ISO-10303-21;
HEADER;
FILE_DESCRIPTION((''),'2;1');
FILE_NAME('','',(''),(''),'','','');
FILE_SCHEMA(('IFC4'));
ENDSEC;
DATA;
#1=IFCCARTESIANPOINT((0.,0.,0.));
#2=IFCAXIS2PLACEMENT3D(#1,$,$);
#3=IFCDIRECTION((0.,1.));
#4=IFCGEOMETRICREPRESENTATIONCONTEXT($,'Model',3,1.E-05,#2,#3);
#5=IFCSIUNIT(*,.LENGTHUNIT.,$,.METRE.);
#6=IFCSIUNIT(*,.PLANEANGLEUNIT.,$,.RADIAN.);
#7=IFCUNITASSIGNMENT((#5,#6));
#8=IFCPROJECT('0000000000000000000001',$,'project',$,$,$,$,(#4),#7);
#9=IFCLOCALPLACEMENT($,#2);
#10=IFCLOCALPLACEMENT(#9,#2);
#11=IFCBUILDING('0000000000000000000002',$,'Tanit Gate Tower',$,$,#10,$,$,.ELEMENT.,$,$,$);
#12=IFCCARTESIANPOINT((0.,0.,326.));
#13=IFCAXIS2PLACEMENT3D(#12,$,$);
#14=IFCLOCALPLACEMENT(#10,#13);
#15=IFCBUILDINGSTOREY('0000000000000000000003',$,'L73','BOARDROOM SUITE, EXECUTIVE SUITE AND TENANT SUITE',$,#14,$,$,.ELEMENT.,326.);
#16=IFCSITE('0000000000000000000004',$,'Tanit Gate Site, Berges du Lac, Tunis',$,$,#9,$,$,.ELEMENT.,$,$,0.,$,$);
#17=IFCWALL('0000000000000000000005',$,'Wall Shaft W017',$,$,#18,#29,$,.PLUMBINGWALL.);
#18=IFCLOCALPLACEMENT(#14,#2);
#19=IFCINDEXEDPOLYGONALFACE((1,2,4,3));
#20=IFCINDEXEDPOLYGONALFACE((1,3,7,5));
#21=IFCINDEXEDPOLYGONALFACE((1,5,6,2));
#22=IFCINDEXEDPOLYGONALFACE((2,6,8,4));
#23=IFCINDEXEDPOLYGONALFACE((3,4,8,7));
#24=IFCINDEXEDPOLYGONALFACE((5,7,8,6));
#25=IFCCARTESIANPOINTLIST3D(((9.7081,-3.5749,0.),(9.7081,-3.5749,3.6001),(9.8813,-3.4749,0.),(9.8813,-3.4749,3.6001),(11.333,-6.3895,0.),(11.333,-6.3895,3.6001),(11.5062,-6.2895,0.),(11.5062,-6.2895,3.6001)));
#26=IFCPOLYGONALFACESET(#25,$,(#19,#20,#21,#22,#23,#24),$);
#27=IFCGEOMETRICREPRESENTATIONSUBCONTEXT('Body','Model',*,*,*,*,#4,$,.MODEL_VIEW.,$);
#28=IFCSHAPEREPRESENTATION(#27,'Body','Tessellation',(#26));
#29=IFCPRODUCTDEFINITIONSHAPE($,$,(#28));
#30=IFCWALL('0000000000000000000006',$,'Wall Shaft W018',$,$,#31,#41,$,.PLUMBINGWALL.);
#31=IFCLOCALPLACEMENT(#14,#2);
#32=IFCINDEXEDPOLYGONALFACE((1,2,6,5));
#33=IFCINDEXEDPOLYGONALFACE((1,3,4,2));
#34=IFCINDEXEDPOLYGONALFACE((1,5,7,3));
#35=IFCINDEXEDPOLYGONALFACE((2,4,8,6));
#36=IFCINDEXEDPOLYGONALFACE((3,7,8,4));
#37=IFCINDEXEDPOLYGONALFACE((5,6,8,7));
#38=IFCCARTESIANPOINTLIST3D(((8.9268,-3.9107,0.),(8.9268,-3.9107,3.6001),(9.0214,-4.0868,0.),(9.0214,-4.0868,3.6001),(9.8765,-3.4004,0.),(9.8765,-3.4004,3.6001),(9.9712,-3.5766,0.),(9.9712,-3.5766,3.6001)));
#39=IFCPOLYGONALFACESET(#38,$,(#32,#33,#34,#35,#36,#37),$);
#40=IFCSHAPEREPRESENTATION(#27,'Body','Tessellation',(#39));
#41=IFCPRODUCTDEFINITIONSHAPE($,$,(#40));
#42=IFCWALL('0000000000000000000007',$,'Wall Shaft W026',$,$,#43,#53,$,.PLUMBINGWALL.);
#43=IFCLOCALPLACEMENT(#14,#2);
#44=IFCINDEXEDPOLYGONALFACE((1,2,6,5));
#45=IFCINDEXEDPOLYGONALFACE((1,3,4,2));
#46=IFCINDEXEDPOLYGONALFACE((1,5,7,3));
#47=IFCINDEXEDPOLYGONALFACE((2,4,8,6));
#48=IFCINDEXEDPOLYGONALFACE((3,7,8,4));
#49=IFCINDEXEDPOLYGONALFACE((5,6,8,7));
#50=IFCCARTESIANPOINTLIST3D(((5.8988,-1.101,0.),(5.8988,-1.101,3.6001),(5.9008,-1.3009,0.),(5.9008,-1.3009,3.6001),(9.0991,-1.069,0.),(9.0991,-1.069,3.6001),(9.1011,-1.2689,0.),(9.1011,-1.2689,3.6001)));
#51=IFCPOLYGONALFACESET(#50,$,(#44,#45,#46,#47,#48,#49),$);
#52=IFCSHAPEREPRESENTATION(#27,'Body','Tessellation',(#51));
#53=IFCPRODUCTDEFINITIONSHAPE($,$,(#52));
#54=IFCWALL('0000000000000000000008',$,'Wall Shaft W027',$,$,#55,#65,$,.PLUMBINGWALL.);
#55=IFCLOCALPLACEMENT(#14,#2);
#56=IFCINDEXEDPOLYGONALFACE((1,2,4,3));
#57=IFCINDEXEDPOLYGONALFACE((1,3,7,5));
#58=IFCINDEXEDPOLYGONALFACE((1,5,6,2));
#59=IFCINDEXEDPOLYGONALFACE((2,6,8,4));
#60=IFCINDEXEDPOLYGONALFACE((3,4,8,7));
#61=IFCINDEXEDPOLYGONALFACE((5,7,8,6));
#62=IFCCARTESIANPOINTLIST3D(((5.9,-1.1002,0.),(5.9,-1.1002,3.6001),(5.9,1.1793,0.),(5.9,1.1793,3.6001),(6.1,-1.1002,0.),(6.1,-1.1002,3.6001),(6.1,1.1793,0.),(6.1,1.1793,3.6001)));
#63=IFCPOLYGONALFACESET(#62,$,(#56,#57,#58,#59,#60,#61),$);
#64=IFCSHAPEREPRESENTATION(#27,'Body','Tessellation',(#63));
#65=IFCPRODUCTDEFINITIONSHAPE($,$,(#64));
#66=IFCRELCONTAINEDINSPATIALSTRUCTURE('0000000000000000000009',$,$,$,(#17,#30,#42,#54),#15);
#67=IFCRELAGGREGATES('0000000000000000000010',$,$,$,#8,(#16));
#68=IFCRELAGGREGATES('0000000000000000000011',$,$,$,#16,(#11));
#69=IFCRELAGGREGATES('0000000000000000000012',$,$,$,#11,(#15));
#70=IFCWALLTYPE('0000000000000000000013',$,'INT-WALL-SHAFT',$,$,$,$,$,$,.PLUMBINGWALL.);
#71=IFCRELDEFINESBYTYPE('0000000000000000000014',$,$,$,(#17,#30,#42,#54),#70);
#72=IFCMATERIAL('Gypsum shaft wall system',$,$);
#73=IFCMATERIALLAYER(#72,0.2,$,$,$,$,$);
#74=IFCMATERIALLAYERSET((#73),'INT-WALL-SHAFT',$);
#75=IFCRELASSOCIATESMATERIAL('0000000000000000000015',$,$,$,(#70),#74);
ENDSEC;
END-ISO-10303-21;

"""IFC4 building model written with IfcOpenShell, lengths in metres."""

from ifc_helpers import new_model, si_unit, direction, frame, frame_2d, origin, place, context, subcontext, project, spatial, rectangle, extrude, material, layer, layer_set, type_object, element, save


model = new_model("IFC4")

# Units and contexts
model_context = context("Model", 3, precision=1e-05, world=origin(), true_north=direction((0.0, 1.0)))
body_context = subcontext(model_context, "Body", "Model", "MODEL_VIEW")
ifc_project = project(units=[si_unit("LENGTHUNIT", "METRE"), si_unit("PLANEANGLEUNIT", "RADIAN")], contexts=[model_context])

# Site, building, storey
site_placement = place(None, origin())
site = spatial("IfcSite", under=ifc_project, at=site_placement, Name="Tanit Gate Site, Berges du Lac, Tunis", CompositionType="ELEMENT", RefElevation=0.0)
building_placement = place(site_placement, origin())
building = spatial("IfcBuilding", under=site, at=building_placement, Name="Tanit Gate Tower", CompositionType="ELEMENT")
storey_placement = place(building_placement, frame((0.0, 0.0, 326.0)))
storey = spatial("IfcBuildingStorey", under=building, at=storey_placement, Name="L73", Description="BOARDROOM SUITE, EXECUTIVE SUITE AND TENANT SUITE", CompositionType="ELEMENT", Elevation=326.0)

# Walls
ifc_material_1 = material(Name="Gypsum shaft wall system")
ifc_layer_1 = layer(ifc_material_1, 0.2)
ifc_layer_set_1 = layer_set([ifc_layer_1], Name="INT-WALL-SHAFT")
wall_type_1 = type_object("IfcWallType", Name="INT-WALL-SHAFT", PredefinedType="PLUMBINGWALL", material=ifc_layer_set_1)
wall_1_placement = place(storey_placement, frame((9.7947, -3.5249, 0.0), z_axis=(0.0, 0.0, 1.0), x_axis=(0.499985, -0.866034, 0.0)))
element("IfcWall", 1, at=wall_1_placement, inside=storey, type_object=wall_type_1, Name="Wall Shaft W017", PredefinedType="PLUMBINGWALL", context=body_context, shape_type="SweptSolid", body=[
    extrude(rectangle(XDim=3.25, YDim=0.2, at=frame_2d((1.625, 0.0))), origin(), (0.0, 0.0, 1.0), 3.6001),
])
wall_2_placement = place(storey_placement, frame((8.9741, -3.9988, 0.0), z_axis=(0.0, 0.0, 1.0), x_axis=(0.880907, 0.473289, 0.0)))
element("IfcWall", 2, at=wall_2_placement, inside=storey, type_object=wall_type_1, Name="Wall Shaft W018", PredefinedType="PLUMBINGWALL", context=body_context, shape_type="SweptSolid", body=[
    extrude(rectangle(XDim=1.0781, YDim=0.2, at=frame_2d((0.5391, 0.0))), origin(), (0.0, 0.0, 1.0), 3.6001),
])
wall_3_placement = place(storey_placement, frame((5.8999, -1.2009, 0.0), z_axis=(0.0, 0.0, 1.0), x_axis=(0.99995, 0.009993, 0.0)))
element("IfcWall", 3, at=wall_3_placement, inside=storey, type_object=wall_type_1, Name="Wall Shaft W026", PredefinedType="PLUMBINGWALL", context=body_context, shape_type="SweptSolid", body=[
    extrude(rectangle(XDim=3.2004, YDim=0.2, at=frame_2d((1.6001, 0.0))), origin(), (0.0, 0.0, 1.0), 3.6001),
])
wall_4_placement = place(storey_placement, frame((6.0, -1.1001, 0.0), z_axis=(0.0, 0.0, 1.0), x_axis=(0.0, 1.0, 0.0)))
element("IfcWall", 4, at=wall_4_placement, inside=storey, type_object=wall_type_1, Name="Wall Shaft W027", PredefinedType="PLUMBINGWALL", context=body_context, shape_type="SweptSolid", body=[
    extrude(rectangle(XDim=2.2795, YDim=0.2, at=frame_2d((1.1396, 0.0))), origin(), (0.0, 0.0, 1.0), 3.6001),
])

save(model, "model.ifc")
